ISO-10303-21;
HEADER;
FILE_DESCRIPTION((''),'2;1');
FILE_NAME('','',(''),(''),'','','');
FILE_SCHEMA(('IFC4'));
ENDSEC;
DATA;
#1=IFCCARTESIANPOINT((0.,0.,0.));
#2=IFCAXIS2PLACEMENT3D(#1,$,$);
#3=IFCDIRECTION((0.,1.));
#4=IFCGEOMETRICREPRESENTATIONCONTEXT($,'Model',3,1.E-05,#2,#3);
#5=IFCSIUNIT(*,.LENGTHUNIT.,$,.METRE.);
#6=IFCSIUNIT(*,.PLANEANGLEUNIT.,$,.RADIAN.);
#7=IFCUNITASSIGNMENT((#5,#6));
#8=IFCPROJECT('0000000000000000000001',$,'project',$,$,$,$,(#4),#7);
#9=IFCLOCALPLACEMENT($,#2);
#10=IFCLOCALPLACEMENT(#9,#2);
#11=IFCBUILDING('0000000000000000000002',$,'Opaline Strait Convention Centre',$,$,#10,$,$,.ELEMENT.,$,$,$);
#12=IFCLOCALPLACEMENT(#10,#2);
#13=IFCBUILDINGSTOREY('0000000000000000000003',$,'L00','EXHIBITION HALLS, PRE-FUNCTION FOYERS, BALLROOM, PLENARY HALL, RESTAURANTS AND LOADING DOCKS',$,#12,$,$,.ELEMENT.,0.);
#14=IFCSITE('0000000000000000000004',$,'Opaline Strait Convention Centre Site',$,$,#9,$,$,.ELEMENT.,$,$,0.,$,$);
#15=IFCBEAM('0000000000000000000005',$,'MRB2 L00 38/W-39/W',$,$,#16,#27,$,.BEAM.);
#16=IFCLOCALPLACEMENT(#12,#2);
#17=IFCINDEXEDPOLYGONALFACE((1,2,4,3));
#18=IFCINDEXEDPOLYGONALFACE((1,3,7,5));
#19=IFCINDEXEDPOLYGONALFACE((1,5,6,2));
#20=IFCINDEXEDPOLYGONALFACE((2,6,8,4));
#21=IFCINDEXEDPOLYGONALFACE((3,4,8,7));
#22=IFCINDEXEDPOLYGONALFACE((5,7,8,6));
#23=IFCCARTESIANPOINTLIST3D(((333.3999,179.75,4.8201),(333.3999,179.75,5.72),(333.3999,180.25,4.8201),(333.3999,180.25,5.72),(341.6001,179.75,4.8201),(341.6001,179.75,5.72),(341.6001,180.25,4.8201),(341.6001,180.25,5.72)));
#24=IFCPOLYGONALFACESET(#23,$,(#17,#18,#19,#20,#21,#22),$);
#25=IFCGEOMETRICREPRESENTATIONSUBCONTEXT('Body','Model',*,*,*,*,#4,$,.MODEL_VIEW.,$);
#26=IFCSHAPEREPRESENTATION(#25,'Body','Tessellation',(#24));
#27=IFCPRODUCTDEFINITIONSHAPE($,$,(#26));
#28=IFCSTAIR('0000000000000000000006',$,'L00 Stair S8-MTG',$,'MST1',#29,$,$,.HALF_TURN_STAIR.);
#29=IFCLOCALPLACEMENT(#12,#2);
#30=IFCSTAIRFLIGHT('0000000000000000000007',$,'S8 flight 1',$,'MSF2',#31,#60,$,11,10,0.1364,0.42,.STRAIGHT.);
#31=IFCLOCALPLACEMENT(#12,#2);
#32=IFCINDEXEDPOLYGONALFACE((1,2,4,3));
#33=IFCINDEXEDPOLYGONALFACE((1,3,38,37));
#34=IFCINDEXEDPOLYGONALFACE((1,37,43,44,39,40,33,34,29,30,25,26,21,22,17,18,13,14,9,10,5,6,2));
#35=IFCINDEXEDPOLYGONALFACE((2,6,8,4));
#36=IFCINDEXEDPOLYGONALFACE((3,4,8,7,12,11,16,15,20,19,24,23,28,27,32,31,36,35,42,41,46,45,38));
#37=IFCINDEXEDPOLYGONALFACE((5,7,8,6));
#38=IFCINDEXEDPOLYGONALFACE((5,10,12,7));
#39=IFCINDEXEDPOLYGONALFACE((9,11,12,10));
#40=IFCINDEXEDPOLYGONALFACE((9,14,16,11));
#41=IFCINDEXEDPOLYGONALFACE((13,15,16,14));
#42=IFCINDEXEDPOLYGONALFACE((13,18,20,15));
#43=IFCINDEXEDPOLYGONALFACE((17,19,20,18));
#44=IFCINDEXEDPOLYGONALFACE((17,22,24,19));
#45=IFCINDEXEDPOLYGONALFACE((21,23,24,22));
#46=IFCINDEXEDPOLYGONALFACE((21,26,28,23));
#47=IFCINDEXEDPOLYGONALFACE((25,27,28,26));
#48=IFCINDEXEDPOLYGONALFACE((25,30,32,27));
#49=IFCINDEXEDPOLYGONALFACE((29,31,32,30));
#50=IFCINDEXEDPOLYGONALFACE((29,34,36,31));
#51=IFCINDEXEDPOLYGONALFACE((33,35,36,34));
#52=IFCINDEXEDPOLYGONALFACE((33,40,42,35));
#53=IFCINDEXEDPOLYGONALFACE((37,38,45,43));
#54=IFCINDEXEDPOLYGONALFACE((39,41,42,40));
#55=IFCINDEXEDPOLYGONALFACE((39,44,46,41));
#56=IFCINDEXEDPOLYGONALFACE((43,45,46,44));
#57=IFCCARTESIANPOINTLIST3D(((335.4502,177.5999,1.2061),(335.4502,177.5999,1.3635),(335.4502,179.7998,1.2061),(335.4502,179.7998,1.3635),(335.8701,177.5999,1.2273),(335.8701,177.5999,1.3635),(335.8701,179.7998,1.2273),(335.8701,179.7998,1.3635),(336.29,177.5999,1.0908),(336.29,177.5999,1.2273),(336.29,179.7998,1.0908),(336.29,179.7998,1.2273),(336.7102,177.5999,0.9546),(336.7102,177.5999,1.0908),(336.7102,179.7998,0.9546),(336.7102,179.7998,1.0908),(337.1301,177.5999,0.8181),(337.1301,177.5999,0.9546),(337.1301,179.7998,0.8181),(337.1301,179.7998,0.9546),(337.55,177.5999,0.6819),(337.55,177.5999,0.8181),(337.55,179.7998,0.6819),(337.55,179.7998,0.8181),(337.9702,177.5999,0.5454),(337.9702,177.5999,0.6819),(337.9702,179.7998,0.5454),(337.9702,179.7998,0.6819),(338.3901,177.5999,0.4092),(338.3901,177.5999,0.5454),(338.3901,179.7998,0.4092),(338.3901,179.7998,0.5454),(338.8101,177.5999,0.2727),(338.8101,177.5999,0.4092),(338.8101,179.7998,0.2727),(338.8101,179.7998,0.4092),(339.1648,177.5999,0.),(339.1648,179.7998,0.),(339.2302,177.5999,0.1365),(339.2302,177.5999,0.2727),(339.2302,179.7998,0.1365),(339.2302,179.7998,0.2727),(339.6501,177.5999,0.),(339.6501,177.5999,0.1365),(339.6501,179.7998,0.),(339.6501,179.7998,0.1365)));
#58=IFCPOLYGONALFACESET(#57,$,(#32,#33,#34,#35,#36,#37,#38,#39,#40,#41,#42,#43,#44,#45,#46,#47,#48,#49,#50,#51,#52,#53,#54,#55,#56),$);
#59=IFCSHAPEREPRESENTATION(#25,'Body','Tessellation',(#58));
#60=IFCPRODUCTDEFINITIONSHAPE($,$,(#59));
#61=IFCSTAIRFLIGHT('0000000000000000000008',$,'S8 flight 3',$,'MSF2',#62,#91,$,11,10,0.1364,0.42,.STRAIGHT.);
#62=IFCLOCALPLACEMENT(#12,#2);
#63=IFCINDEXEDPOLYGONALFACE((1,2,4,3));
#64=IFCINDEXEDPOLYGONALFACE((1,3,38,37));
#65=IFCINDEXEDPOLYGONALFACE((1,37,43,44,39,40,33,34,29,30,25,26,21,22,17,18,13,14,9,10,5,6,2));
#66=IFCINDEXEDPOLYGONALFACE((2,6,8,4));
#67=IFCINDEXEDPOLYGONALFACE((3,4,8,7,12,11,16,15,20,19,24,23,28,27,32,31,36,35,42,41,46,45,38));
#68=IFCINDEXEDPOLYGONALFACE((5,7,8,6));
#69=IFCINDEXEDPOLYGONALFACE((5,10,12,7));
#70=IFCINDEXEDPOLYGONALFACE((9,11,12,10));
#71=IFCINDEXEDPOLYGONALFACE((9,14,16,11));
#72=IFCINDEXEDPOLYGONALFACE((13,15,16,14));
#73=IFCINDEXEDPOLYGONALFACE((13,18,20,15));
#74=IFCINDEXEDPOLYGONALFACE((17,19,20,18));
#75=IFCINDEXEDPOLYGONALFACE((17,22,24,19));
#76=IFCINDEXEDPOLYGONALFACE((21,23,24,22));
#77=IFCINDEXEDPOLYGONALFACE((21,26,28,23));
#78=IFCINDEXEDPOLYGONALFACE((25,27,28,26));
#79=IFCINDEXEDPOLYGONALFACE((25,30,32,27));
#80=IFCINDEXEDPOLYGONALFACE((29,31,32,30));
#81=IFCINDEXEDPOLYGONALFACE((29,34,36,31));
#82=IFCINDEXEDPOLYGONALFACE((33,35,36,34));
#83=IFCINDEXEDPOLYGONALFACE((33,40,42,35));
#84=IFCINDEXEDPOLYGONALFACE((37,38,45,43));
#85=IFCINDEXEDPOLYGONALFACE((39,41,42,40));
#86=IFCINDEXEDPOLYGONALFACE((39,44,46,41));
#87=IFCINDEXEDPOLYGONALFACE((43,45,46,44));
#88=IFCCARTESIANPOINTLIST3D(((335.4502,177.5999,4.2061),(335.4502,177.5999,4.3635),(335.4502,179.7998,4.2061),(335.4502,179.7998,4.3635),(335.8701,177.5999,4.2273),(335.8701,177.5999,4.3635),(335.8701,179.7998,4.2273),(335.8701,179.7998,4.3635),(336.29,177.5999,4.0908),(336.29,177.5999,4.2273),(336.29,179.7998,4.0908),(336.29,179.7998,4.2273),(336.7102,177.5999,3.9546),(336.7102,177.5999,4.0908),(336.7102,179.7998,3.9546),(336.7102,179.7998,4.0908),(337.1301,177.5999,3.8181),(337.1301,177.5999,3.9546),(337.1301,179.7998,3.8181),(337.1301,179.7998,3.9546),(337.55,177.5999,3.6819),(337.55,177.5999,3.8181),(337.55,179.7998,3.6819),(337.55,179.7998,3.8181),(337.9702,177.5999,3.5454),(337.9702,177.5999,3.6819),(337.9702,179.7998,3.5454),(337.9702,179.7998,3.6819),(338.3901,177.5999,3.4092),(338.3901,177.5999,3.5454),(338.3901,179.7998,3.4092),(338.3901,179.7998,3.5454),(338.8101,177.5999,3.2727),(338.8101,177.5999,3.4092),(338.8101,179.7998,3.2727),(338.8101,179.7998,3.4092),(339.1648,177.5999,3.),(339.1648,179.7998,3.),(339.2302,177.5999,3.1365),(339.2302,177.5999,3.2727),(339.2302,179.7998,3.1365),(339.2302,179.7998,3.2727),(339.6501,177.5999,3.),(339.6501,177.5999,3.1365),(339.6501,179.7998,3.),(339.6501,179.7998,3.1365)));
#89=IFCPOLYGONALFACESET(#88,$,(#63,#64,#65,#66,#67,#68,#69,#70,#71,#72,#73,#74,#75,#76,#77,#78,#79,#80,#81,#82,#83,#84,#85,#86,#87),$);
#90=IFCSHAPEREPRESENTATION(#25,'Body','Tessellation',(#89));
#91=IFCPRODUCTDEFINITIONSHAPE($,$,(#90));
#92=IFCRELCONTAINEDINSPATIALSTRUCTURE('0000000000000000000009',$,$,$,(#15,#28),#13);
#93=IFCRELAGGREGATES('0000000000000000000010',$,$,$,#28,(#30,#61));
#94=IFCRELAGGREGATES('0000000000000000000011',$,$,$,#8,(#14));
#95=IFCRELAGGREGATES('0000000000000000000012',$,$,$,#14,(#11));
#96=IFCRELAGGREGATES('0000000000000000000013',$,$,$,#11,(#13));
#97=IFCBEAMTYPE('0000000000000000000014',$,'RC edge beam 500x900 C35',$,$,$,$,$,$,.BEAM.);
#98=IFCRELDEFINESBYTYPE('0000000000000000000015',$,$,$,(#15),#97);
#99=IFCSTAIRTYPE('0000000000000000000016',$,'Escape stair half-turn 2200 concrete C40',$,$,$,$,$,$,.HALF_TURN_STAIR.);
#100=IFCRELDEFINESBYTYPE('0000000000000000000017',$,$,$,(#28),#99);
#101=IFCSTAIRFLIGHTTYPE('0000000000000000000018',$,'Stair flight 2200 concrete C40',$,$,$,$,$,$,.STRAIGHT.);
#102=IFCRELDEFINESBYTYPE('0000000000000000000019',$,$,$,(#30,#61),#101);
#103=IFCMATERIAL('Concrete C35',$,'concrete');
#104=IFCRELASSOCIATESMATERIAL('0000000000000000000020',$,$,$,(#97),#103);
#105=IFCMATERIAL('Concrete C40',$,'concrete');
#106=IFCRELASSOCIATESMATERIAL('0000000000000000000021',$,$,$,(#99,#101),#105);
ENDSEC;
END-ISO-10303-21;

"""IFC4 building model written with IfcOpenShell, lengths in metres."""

from ifc_helpers import new_model, si_unit, direction, frame, origin, origin_2d, place, context, subcontext, project, spatial, polyline, rectangle, outline, extrude, material, material_profile, profile_set, type_object, element, aggregate, save


model = new_model("IFC4")

# Units and contexts
model_context = context("Model", 3, precision=1e-05, world=origin(), true_north=direction((0.0, 1.0)))
body_context = subcontext(model_context, "Body", "Model", "MODEL_VIEW")
ifc_project = project(units=[si_unit("LENGTHUNIT", "METRE"), si_unit("PLANEANGLEUNIT", "RADIAN")], contexts=[model_context])

# Site, building, storey
site_placement = place(None, origin())
site = spatial("IfcSite", under=ifc_project, at=site_placement, Name="Opaline Strait Convention Centre Site", CompositionType="ELEMENT", RefElevation=0.0)
building_placement = place(site_placement, origin())
building = spatial("IfcBuilding", under=site, at=building_placement, Name="Opaline Strait Convention Centre", CompositionType="ELEMENT")
storey_placement = place(building_placement, origin())
storey = spatial("IfcBuildingStorey", under=building, at=storey_placement, Name="L00", Description="EXHIBITION HALLS, PRE-FUNCTION FOYERS, BALLROOM, PLENARY HALL, RESTAURANTS AND LOADING DOCKS", CompositionType="ELEMENT", Elevation=0.0)

# Shared definitions
ifc_material_1 = material(Name="Concrete C35", Category="concrete")

# Shared definitions
ifc_material_2 = material(Name="Concrete C40", Category="concrete")

# Beam
ifc_material_profile_1 = material_profile(ifc_material_1, rectangle(XDim=0.5, YDim=0.8999, at=origin_2d()), Name="RC 500x900")
ifc_profile_set_1 = profile_set([ifc_material_profile_1], Name="Concrete C35")
beam_type = type_object("IfcBeamType", Name="RC edge beam 500x900 C35", PredefinedType="BEAM", material=ifc_profile_set_1)
beam_placement = place(storey_placement, frame((333.3999, 180.0, 5.27), z_axis=(1.0, 0.0, 0.0), x_axis=(0.0, 1.0, 0.0)))
element("IfcBeam", 1, at=beam_placement, inside=storey, type_object=beam_type, Name="MRB2 L00 38/W-39/W", PredefinedType="BEAM", context=body_context, shape_type="SweptSolid", body=[
    extrude(rectangle(XDim=0.5, YDim=0.8999, at=origin_2d()), origin(), (0.0, 0.0, 1.0), 8.2002),
])

# Stair, stair flights
stair_type = type_object("IfcStairType", Name="Escape stair half-turn 2200 concrete C40", PredefinedType="HALF_TURN_STAIR", material=ifc_material_2)
stair_placement = place(storey_placement, origin())
stair = element("IfcStair", 2, at=stair_placement, inside=storey, type_object=stair_type, Name="L00 Stair S8-MTG", ObjectType="MST1", PredefinedType="HALF_TURN_STAIR")
stair_flight_type = type_object("IfcStairFlightType", Name="Stair flight 2200 concrete C40", PredefinedType="STRAIGHT", material=ifc_material_2)
stair_flight_1_placement = place(storey_placement, frame((339.6501, 178.7, 0.0), z_axis=(0.0, 0.0, 1.0), x_axis=(-1.0, 0.0, 0.0)))
stair_flight_1 = element("IfcStairFlight", 3, at=stair_flight_1_placement, type_object=stair_flight_type, Name="S8 flight 1", ObjectType="MSF2", NumberOfRisers=11, NumberOfTreads=10, PredefinedType="STRAIGHT", RiserHeight=0.1364, TreadLength=0.42, context=body_context, shape_type="SweptSolid", body=[
    extrude(outline(polyline([(0.0, 0.0), (0.0, 0.1365), (0.4199, 0.1365), (0.4199, 0.2727), (0.8401, 0.2727), (0.8401, 0.4092), (1.26, 0.4092), (1.26, 0.5454), (1.6799, 0.5454), (1.6799, 0.6819), (2.1001, 0.6819), (2.1001, 0.8181), (2.52, 0.8181), (2.52, 0.9546), (2.9399, 0.9546), (2.9399, 1.0908), (3.3601, 1.0908), (3.3601, 1.2273), (3.78, 1.2273), (3.78, 1.3635), (4.2, 1.3635), (4.2, 1.5), (4.2, 1.2061), (0.4854, 0.0), (0.0, 0.0)])), frame((0.0, 1.1001, 0.0), z_axis=(0.0, -1.0, 0.0), x_axis=(1.0, 0.0, 0.0)), (0.0, 0.0, 1.0), 2.2),
])
stair_flight_2_placement = place(storey_placement, frame((339.6501, 178.7, 3.0), z_axis=(0.0, 0.0, 1.0), x_axis=(-1.0, 0.0, 0.0)))
stair_flight_2 = element("IfcStairFlight", 4, at=stair_flight_2_placement, type_object=stair_flight_type, Name="S8 flight 3", ObjectType="MSF2", NumberOfRisers=11, NumberOfTreads=10, PredefinedType="STRAIGHT", RiserHeight=0.1364, TreadLength=0.42, context=body_context, shape_type="SweptSolid", body=[
    extrude(outline(polyline([(0.0, 0.0), (0.0, 0.1365), (0.4199, 0.1365), (0.4199, 0.2727), (0.8401, 0.2727), (0.8401, 0.4092), (1.26, 0.4092), (1.26, 0.5454), (1.6799, 0.5454), (1.6799, 0.6819), (2.1001, 0.6819), (2.1001, 0.8181), (2.52, 0.8181), (2.52, 0.9546), (2.9399, 0.9546), (2.9399, 1.0908), (3.3601, 1.0908), (3.3601, 1.2273), (3.78, 1.2273), (3.78, 1.3635), (4.2, 1.3635), (4.2, 1.5), (4.2, 1.2061), (0.4854, 0.0), (0.0, 0.0)])), frame((0.0, 1.1001, 0.0), z_axis=(0.0, -1.0, 0.0), x_axis=(1.0, 0.0, 0.0)), (0.0, 0.0, 1.0), 2.2),
])
aggregate(stair, [stair_flight_1, stair_flight_2])

save(model, "model.ifc")
